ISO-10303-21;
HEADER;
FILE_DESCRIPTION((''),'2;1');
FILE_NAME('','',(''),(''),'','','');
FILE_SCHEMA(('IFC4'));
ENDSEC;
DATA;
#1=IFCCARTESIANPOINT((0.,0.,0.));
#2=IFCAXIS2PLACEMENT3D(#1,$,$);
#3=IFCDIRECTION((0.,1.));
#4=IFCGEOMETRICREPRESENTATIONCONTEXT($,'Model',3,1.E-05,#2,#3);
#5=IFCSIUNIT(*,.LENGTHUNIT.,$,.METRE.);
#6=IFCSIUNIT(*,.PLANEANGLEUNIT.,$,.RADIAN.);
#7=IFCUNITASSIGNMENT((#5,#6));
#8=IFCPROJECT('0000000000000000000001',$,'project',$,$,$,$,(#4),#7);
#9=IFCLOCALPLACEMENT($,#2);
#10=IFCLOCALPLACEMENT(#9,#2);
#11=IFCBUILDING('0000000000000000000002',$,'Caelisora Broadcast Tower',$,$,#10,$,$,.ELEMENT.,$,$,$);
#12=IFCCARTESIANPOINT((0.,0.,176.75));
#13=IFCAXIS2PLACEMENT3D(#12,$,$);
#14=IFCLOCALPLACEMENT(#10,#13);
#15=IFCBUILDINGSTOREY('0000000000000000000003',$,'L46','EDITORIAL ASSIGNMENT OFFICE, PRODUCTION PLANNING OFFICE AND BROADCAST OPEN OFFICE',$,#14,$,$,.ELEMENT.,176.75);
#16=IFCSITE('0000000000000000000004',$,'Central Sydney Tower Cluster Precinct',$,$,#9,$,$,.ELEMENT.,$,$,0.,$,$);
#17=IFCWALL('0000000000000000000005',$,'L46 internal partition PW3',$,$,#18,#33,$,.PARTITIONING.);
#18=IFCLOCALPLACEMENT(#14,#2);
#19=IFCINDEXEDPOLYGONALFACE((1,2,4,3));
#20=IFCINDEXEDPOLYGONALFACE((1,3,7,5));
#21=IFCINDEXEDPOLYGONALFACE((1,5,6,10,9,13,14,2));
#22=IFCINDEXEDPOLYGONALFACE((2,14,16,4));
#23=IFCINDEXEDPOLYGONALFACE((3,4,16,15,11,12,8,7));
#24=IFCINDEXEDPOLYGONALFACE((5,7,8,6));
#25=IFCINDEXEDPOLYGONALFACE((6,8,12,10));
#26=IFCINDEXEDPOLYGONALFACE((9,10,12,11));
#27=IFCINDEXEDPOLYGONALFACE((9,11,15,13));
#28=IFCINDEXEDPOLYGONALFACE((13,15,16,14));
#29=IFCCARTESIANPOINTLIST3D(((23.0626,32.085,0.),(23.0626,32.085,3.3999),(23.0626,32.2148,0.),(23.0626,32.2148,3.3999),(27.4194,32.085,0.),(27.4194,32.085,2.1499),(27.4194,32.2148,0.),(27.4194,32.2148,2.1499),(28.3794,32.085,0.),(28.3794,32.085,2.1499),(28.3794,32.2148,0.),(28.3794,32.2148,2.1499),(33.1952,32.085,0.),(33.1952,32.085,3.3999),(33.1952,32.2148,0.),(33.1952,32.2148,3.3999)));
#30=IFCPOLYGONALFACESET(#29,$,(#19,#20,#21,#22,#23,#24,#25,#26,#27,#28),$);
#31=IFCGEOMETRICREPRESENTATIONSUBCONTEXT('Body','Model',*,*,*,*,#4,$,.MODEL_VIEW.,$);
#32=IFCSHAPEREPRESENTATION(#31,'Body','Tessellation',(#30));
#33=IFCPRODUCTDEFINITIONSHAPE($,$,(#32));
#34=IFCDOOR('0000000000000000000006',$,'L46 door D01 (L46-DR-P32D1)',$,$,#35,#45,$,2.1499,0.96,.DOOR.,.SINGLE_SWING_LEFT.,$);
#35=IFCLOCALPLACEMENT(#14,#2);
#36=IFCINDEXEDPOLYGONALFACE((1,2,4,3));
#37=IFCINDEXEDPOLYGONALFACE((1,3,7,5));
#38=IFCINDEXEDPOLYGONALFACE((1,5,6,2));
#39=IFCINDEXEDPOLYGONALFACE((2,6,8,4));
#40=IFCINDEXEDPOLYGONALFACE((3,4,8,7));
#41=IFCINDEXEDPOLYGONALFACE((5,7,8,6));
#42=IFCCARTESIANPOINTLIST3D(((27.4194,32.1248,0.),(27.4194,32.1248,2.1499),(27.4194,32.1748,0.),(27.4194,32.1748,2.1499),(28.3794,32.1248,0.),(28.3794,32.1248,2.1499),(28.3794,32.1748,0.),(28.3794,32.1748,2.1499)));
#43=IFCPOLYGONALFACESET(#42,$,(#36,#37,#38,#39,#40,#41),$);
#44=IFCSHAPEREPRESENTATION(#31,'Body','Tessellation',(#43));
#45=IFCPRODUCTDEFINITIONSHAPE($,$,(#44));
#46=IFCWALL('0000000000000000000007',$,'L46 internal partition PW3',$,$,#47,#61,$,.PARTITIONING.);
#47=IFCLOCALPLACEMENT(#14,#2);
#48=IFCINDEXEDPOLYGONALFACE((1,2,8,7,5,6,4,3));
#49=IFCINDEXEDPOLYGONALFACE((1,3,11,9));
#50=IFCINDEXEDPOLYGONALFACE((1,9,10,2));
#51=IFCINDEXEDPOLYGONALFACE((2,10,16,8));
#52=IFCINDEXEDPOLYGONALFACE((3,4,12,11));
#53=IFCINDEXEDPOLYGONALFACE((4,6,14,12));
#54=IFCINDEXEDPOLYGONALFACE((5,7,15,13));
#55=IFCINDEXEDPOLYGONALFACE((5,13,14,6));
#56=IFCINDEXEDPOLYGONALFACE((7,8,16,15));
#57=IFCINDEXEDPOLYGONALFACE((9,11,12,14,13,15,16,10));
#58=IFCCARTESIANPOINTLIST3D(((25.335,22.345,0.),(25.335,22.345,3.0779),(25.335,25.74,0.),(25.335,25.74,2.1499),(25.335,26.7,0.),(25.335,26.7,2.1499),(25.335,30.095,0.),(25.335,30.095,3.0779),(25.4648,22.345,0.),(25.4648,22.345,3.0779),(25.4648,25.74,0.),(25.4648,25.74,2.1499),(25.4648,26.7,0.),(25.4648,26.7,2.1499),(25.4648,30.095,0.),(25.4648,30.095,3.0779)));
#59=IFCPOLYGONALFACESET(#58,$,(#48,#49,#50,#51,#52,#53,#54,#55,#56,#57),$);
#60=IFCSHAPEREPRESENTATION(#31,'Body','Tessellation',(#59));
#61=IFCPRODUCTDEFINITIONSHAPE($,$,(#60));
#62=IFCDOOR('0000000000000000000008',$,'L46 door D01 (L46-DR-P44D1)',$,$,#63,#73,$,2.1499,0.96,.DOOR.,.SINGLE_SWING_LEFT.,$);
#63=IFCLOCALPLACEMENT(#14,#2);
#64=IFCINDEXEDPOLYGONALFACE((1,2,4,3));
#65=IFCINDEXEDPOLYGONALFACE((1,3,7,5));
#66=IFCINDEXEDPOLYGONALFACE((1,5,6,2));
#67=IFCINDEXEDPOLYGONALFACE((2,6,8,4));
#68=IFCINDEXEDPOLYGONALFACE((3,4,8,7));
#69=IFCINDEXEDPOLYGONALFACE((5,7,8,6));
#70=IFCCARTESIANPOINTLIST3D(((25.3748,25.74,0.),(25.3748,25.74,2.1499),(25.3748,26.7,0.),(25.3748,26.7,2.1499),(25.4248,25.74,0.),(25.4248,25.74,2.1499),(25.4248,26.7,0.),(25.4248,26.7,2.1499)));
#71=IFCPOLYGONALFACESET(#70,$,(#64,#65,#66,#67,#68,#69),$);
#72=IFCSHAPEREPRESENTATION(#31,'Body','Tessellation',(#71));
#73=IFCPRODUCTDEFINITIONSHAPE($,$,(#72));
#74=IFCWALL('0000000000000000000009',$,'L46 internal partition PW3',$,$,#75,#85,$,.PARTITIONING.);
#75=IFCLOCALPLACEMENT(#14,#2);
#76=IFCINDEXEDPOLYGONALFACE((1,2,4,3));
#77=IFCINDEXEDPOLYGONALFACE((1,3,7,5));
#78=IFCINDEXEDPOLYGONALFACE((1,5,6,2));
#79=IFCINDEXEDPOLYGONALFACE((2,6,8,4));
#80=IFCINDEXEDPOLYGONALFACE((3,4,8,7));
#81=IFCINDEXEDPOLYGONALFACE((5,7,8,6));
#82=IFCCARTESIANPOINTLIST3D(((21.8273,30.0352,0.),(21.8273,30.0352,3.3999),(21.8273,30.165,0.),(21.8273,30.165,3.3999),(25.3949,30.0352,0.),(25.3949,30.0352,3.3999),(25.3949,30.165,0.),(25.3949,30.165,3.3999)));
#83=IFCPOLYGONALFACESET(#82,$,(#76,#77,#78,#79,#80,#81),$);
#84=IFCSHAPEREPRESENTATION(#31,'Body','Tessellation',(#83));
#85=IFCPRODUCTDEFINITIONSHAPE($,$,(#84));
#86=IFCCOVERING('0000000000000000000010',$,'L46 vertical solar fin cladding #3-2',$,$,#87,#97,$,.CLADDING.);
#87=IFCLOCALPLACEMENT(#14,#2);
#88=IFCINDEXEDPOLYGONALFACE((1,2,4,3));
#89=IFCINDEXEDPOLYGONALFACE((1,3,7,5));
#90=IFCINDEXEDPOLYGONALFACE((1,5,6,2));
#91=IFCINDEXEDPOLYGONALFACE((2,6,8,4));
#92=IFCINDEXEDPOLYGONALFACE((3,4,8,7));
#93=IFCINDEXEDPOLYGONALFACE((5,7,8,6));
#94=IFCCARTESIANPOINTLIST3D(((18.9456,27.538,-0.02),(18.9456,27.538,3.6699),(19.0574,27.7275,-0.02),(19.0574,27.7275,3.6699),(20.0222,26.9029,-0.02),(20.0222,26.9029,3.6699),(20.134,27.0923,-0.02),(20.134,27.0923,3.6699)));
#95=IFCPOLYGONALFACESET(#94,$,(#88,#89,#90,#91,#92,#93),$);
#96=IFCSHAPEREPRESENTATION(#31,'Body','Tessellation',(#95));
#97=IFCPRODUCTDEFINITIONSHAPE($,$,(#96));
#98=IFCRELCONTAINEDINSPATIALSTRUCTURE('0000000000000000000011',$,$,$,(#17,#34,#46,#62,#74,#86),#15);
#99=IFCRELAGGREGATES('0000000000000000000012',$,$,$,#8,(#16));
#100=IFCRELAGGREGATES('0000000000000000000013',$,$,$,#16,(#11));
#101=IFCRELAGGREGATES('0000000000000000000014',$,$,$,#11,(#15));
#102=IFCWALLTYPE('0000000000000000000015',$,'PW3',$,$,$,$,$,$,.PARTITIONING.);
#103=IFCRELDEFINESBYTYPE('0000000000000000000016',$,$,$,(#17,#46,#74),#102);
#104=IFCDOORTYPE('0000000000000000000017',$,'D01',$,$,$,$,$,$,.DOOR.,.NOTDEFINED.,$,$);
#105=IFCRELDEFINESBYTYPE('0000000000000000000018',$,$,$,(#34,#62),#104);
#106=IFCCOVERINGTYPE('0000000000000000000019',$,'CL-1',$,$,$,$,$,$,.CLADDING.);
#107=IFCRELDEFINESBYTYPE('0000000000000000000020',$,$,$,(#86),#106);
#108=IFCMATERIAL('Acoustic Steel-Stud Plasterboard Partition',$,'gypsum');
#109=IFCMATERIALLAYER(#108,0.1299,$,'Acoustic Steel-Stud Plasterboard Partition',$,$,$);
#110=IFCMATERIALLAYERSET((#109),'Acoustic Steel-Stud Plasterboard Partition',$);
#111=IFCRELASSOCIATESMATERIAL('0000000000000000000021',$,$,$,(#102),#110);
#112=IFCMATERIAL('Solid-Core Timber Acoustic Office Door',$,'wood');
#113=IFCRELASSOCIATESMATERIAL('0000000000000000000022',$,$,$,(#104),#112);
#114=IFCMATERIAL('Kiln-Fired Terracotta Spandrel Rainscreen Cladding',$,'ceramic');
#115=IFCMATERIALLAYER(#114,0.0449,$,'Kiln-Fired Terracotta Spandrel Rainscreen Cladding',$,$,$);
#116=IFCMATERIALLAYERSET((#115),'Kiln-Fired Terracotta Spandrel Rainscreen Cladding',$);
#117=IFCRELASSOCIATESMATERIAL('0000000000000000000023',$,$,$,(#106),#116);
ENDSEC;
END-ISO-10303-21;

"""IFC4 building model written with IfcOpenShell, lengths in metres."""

from ifc_helpers import new_model, si_unit, direction, frame, frame_2d, origin, origin_2d, place, context, subcontext, project, spatial, rectangle, extrude, source, transform, mapped, material, layer, layer_set, type_object, type_shapes, element, fill, save


model = new_model("IFC4")

# Units and contexts
model_context = context("Model", 3, precision=1e-05, world=origin(), true_north=direction((0.0, 1.0)))
body_context = subcontext(model_context, "Body", "Model", "MODEL_VIEW")
ifc_project = project(units=[si_unit("LENGTHUNIT", "METRE"), si_unit("PLANEANGLEUNIT", "RADIAN")], contexts=[model_context])

# Site, building, storey
site_placement = place(None, origin())
site = spatial("IfcSite", under=ifc_project, at=site_placement, Name="Central Sydney Tower Cluster Precinct", CompositionType="ELEMENT", RefElevation=0.0)
building_placement = place(site_placement, origin())
building = spatial("IfcBuilding", under=site, at=building_placement, Name="Caelisora Broadcast Tower", CompositionType="ELEMENT")
storey_placement = place(building_placement, frame((0.0, 0.0, 176.75)))
storey = spatial("IfcBuildingStorey", under=building, at=storey_placement, Name="L46", Description="EDITORIAL ASSIGNMENT OFFICE, PRODUCTION PLANNING OFFICE AND BROADCAST OPEN OFFICE", CompositionType="ELEMENT", Elevation=176.75)

# Walls, openings, doors
ifc_material_1 = material(Name="Acoustic Steel-Stud Plasterboard Partition", Category="gypsum")
ifc_layer_1 = layer(ifc_material_1, 0.1299, Name="Acoustic Steel-Stud Plasterboard Partition")
ifc_layer_set_1 = layer_set([ifc_layer_1], Name="Acoustic Steel-Stud Plasterboard Partition")
wall_type_1 = type_object("IfcWallType", Name="PW3", PredefinedType="PARTITIONING", material=ifc_layer_set_1)
wall_1_placement = place(storey_placement, frame((23.0625, 32.1499, 0.0), z_axis=(0.0, 0.0, 1.0), x_axis=(1.0, 0.0, 0.0)))
wall_1 = element("IfcWall", 1, at=wall_1_placement, inside=storey, type_object=wall_type_1, Name="L46 internal partition PW3", PredefinedType="PARTITIONING", context=body_context, shape_type="SweptSolid", body=[
    extrude(rectangle(XDim=10.1326, YDim=0.1299, at=frame_2d((5.0664, 0.0))), origin(), (0.0, 0.0, 1.0), 3.3999),
])
opening_1_placement = place(wall_1_placement, frame((4.3569, 0.0, 0.0)))
opening_1 = element("IfcOpeningElement", 2, at=opening_1_placement, cuts=wall_1, PredefinedType="OPENING", context=body_context, shape_type="SweptSolid", body=[
    extrude(rectangle(XDim=0.96, YDim=2.1499, at=frame_2d((0.48, 1.075))), frame((0.0, 0.0769, 0.0), z_axis=(0.0, -1.0, 0.0), x_axis=(1.0, 0.0, 0.0)), (0.0, 0.0, 1.0), 0.1538),
])
ifc_material_2 = material(Name="Solid-Core Timber Acoustic Office Door", Category="wood")
door_type_1 = type_object("IfcDoorType", Name="D01", OperationType="NOTDEFINED", PredefinedType="DOOR", material=ifc_material_2)
door_1_placement = place(opening_1_placement, origin())
door_1 = element("IfcDoor", 3, at=door_1_placement, inside=storey, type_object=door_type_1, Name="L46 door D01 (L46-DR-P32D1)", OperationType="SINGLE_SWING_LEFT", OverallHeight=2.1499, OverallWidth=0.96, PredefinedType="DOOR", context=body_context, shape_type="SweptSolid", body=[
    extrude(rectangle(XDim=0.96, YDim=2.1499, at=frame_2d((0.48, 1.075))), frame((0.0, 0.0249, 0.0), z_axis=(0.0, -1.0, 0.0), x_axis=(1.0, 0.0, 0.0)), (0.0, 0.0, 1.0), 0.05),
])
fill(opening_1, door_1)
wall_2_placement = place(storey_placement, frame((25.3999, 30.095, 0.0), z_axis=(0.0, 0.0, 1.0), x_axis=(0.0, -1.0, 0.0)))
wall_2 = element("IfcWall", 4, at=wall_2_placement, inside=storey, type_object=wall_type_1, Name="L46 internal partition PW3", PredefinedType="PARTITIONING", context=body_context, shape_type="SweptSolid", body=[
    extrude(rectangle(XDim=7.75, YDim=0.1299, at=frame_2d((3.875, 0.0))), origin(), (0.0, 0.0, 1.0), 3.0779),
])
opening_2_placement = place(wall_2_placement, frame((3.395, 0.0, 0.0)))
opening_2 = element("IfcOpeningElement", 5, at=opening_2_placement, cuts=wall_2, PredefinedType="OPENING", context=body_context, shape_type="SweptSolid", body=[
    extrude(rectangle(XDim=0.96, YDim=2.1499, at=frame_2d((0.48, 1.075))), frame((0.0, 0.0769, 0.0), z_axis=(0.0, -1.0, 0.0), x_axis=(1.0, 0.0, 0.0)), (0.0, 0.0, 1.0), 0.1538),
])
door_2_placement = place(opening_2_placement, origin())
door_2 = element("IfcDoor", 6, at=door_2_placement, inside=storey, type_object=door_type_1, Name="L46 door D01 (L46-DR-P44D1)", OperationType="SINGLE_SWING_LEFT", OverallHeight=2.1499, OverallWidth=0.96, PredefinedType="DOOR", context=body_context, shape_type="SweptSolid", body=[
    extrude(rectangle(XDim=0.96, YDim=2.1499, at=frame_2d((0.48, 1.075))), frame((0.0, 0.0249, 0.0), z_axis=(0.0, -1.0, 0.0), x_axis=(1.0, 0.0, 0.0)), (0.0, 0.0, 1.0), 0.05),
])
fill(opening_2, door_2)

# Wall
wall_3_placement = place(storey_placement, frame((21.8274, 30.1001, 0.0), z_axis=(0.0, 0.0, 1.0), x_axis=(1.0, 0.0, 0.0)))
element("IfcWall", 7, at=wall_3_placement, inside=storey, type_object=wall_type_1, Name="L46 internal partition PW3", PredefinedType="PARTITIONING", context=body_context, shape_type="SweptSolid", body=[
    extrude(rectangle(XDim=3.5676, YDim=0.1299, at=frame_2d((1.7837, 0.0))), origin(), (0.0, 0.0, 1.0), 3.3999),
])

# Covering
ifc_material_3 = material(Name="Kiln-Fired Terracotta Spandrel Rainscreen Cladding", Category="ceramic")
ifc_layer_2 = layer(ifc_material_3, 0.0449, Name="Kiln-Fired Terracotta Spandrel Rainscreen Cladding")
ifc_layer_set_2 = layer_set([ifc_layer_2], Name="Kiln-Fired Terracotta Spandrel Rainscreen Cladding")
covering_type = type_object("IfcCoveringType", Name="CL-1", PredefinedType="CLADDING", material=ifc_layer_set_2)
shared_shape_1 = source(origin(), body_context, "Body", "SweptSolid", [
    extrude(rectangle(XDim=0.22, YDim=1.25, at=origin_2d()), origin(), (0.0, 0.0, 1.0), 3.6899),
])
type_shapes(covering_type, [shared_shape_1])
covering_placement = place(storey_placement, frame((19.5398, 27.3152, -0.02), z_axis=(0.0, 0.0, 1.0), x_axis=(0.50814, 0.861275, 0.0)))
element("IfcCovering", 8, at=covering_placement, inside=storey, type_object=covering_type, Name="L46 vertical solar fin cladding #3-2", PredefinedType="CLADDING", context=body_context, shape_type="MappedRepresentation", body=[
    mapped(shared_shape_1, transform((0.0, 0.0, 0.0), scale=1.0)),
])

save(model, "model.ifc")
